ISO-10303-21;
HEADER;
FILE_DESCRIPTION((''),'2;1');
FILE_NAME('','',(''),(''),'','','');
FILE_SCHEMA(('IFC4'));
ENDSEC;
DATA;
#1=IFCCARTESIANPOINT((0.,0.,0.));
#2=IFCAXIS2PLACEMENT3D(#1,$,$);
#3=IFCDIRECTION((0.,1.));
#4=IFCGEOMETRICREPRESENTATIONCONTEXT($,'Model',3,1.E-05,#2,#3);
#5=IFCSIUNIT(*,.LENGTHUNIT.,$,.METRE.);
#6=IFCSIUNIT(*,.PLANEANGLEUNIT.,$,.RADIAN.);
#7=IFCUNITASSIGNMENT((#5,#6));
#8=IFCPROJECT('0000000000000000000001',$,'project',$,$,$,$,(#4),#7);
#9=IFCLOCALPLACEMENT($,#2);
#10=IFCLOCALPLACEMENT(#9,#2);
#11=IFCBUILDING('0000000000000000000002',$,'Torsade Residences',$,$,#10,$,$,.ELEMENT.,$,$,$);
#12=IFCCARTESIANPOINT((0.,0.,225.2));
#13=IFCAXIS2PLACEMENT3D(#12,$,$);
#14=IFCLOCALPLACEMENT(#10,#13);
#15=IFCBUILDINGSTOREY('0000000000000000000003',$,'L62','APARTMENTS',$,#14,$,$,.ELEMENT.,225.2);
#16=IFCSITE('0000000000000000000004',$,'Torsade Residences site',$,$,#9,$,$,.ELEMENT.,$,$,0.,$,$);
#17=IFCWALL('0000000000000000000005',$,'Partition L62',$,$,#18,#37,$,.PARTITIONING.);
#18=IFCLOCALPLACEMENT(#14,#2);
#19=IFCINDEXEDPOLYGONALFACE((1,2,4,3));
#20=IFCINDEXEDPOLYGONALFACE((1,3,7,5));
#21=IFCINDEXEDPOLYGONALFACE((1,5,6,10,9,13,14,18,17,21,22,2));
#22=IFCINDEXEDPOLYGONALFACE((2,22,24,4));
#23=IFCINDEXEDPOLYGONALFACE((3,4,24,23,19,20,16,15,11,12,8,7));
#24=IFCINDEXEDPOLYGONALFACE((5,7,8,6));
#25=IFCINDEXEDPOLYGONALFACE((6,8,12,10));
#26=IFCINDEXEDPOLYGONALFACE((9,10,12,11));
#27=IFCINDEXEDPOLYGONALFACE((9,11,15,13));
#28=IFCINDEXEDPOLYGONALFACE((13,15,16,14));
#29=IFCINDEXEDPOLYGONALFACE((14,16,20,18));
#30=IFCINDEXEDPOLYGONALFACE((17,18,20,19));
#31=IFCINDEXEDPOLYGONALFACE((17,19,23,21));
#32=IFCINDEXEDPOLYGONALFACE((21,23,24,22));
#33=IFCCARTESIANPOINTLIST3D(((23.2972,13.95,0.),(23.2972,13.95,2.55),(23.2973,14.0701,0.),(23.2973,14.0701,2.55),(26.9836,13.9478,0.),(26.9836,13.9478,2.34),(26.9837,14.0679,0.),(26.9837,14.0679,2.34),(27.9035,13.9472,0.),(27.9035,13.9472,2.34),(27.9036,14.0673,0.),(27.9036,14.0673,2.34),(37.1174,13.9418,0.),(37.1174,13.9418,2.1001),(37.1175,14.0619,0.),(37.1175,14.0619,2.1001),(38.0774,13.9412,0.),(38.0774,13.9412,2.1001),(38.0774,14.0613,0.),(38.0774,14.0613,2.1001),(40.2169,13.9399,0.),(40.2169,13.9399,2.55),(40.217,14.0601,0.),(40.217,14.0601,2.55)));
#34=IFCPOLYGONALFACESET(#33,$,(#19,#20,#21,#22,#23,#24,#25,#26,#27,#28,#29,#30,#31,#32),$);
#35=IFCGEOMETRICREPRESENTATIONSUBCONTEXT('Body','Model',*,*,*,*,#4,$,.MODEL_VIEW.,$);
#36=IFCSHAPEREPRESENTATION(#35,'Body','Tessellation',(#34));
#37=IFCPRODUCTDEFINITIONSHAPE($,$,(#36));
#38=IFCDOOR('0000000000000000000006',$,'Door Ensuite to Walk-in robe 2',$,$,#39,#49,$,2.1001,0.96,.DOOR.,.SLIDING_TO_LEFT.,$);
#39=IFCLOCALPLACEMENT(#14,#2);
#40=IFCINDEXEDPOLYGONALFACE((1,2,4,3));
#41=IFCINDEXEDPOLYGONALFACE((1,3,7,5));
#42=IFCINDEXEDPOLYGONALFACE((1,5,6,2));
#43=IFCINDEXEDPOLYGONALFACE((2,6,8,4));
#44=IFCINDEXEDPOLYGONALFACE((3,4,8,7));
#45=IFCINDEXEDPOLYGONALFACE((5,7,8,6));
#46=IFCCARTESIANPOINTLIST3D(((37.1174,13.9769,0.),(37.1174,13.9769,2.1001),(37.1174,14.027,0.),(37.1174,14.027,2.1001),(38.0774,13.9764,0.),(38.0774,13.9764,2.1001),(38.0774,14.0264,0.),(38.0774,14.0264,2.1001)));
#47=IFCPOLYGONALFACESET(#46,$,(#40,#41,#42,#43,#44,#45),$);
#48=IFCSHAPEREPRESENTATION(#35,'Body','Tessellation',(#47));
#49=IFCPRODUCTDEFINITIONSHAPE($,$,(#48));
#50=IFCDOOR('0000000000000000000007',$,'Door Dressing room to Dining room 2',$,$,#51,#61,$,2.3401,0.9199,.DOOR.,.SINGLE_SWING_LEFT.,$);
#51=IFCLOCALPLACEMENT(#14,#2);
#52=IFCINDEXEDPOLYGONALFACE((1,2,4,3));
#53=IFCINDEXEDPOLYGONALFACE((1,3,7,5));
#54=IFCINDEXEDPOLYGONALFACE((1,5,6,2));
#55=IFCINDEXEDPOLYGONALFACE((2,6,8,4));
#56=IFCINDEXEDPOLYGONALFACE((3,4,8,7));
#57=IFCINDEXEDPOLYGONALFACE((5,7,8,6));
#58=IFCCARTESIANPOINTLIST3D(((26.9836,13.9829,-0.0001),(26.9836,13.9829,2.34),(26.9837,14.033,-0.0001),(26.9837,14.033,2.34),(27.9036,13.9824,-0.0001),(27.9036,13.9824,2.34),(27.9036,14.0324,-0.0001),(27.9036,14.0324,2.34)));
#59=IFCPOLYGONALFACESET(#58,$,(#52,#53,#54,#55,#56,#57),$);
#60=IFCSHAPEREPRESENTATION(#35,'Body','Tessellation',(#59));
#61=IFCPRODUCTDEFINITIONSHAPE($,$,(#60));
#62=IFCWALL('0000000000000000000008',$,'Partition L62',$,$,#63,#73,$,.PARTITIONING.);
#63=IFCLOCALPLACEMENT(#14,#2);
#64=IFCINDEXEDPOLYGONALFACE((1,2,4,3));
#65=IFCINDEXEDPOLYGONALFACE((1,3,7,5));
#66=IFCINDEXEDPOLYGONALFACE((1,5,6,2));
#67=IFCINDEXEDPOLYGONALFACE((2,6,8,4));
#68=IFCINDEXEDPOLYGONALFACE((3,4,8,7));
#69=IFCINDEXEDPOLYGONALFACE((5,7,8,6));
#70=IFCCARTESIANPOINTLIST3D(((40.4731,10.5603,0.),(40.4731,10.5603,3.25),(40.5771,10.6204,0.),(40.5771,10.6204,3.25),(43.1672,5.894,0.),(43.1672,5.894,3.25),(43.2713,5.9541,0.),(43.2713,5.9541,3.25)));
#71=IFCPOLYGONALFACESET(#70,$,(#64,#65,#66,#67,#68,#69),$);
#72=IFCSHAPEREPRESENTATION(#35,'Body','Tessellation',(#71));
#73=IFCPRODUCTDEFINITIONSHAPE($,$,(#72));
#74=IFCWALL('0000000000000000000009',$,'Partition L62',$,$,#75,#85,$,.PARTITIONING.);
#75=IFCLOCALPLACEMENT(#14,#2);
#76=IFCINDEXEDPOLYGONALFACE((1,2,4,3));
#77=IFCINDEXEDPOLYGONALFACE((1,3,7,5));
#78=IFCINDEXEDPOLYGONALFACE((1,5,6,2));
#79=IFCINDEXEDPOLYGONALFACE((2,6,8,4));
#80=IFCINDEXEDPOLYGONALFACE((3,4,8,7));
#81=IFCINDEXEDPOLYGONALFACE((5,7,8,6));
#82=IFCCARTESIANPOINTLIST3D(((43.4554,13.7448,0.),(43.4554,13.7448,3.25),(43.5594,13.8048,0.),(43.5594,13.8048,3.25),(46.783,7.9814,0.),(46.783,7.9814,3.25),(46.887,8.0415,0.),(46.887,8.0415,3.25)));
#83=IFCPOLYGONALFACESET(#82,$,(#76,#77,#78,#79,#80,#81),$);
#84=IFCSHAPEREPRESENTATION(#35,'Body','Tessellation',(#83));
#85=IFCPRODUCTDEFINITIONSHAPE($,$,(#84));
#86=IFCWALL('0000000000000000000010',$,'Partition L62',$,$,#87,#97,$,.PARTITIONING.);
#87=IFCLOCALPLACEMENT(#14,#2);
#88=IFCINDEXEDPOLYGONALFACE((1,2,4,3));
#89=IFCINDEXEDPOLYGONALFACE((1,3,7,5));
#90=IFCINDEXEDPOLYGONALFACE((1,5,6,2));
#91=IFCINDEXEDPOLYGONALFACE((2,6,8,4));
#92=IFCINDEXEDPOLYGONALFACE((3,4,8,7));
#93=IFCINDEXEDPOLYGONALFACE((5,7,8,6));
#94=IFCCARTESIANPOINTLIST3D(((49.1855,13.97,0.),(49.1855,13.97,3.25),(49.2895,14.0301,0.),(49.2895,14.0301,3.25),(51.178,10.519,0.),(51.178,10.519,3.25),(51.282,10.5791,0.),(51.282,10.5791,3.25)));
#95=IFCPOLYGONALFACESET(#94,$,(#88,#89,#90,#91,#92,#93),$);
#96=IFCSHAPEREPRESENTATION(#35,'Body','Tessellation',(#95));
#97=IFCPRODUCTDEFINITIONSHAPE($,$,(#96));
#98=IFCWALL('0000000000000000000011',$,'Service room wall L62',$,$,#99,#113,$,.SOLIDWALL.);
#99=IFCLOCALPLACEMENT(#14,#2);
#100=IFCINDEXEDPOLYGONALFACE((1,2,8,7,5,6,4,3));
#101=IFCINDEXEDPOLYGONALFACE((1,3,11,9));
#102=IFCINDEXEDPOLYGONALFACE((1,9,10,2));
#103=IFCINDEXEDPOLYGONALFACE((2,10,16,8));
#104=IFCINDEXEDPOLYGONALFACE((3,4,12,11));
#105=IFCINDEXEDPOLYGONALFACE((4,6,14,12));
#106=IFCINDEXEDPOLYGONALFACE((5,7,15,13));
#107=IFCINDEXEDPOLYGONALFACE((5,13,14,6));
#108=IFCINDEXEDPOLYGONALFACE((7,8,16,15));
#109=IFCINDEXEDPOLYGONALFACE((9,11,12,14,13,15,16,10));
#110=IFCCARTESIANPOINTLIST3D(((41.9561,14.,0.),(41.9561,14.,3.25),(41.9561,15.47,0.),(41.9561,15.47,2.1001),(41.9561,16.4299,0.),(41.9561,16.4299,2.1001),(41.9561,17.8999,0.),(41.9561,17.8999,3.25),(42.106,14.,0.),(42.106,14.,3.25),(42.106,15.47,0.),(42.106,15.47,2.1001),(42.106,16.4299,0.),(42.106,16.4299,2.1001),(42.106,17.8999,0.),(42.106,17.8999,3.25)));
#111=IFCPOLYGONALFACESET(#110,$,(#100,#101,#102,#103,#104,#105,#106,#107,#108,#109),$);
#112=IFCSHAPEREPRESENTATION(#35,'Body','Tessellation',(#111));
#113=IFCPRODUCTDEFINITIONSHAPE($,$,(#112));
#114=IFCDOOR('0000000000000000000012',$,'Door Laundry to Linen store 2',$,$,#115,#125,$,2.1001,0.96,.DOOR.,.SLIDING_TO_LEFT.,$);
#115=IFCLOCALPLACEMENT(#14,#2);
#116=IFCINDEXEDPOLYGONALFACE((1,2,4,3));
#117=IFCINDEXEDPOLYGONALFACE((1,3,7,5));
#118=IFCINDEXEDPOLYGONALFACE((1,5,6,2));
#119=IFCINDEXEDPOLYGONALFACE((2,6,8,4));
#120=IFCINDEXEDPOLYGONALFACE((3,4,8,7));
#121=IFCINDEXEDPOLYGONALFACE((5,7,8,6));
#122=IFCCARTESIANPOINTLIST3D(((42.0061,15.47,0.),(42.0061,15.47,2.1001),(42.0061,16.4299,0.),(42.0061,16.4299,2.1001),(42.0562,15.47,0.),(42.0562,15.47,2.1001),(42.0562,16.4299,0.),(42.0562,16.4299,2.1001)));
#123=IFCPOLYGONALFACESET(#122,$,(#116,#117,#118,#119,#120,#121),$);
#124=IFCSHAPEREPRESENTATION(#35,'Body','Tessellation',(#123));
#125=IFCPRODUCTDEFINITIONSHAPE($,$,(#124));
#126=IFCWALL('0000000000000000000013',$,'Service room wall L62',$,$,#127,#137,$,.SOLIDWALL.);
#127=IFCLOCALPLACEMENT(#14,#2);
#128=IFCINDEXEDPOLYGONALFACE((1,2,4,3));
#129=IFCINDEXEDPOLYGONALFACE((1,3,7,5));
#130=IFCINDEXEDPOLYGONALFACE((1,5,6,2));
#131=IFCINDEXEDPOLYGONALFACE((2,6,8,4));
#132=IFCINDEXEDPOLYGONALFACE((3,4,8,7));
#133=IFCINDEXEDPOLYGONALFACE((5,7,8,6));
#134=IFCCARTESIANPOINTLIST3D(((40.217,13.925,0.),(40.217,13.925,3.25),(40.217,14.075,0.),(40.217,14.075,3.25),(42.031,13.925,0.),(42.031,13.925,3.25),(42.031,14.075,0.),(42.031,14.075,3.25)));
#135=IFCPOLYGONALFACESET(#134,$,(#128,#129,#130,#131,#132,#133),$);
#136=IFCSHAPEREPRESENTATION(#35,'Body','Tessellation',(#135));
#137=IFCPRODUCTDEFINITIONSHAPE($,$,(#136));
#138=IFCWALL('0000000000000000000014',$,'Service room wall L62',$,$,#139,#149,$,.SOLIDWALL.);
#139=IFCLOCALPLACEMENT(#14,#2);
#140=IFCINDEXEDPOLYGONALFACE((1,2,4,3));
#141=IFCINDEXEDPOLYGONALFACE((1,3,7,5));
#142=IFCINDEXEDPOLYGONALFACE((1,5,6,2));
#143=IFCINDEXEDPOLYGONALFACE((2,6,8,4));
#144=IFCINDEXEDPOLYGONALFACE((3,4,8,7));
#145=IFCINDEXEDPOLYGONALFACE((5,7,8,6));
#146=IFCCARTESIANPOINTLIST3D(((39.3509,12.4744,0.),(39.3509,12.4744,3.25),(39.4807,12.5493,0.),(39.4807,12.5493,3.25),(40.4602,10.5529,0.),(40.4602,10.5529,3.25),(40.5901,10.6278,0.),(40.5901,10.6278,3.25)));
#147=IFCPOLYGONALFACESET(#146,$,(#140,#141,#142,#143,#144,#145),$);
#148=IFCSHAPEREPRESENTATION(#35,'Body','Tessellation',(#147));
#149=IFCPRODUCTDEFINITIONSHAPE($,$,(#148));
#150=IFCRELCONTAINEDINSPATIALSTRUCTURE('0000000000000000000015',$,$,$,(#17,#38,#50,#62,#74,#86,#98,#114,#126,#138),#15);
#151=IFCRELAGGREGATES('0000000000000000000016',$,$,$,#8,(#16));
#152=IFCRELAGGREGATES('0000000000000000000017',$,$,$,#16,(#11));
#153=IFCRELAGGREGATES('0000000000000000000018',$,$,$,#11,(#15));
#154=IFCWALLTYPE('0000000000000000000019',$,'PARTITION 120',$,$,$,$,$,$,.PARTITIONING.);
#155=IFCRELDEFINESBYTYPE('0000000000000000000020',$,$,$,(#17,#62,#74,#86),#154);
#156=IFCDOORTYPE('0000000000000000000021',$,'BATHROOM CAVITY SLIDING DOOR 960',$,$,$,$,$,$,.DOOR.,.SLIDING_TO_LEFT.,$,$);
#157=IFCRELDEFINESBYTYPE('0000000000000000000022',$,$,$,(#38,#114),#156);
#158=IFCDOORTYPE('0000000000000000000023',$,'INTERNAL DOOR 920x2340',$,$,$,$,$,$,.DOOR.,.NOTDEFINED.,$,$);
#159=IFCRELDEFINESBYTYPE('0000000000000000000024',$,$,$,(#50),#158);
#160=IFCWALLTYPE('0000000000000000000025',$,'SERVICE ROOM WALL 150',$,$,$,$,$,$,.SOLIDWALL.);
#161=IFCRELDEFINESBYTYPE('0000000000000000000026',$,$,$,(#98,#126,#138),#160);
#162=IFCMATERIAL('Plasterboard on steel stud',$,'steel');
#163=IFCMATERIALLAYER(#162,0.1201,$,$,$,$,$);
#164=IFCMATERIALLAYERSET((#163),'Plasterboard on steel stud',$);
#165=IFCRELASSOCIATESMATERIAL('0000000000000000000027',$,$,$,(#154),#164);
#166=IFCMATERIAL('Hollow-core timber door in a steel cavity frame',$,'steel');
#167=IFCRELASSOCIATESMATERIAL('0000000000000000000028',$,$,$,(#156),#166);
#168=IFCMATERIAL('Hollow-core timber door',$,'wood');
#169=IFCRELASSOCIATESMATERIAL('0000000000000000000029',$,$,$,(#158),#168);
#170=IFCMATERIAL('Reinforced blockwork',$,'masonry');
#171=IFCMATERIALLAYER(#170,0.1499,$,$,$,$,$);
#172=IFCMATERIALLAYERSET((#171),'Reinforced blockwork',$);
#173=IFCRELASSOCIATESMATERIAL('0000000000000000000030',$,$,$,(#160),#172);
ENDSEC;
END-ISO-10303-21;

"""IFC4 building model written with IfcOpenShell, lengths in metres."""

from ifc_helpers import new_model, si_unit, direction, frame, frame_2d, origin, place, context, subcontext, project, spatial, rectangle, extrude, material, layer, layer_set, type_object, element, fill, save


model = new_model("IFC4")

# Units and contexts
model_context = context("Model", 3, precision=1e-05, world=origin(), true_north=direction((0.0, 1.0)))
body_context = subcontext(model_context, "Body", "Model", "MODEL_VIEW")
ifc_project = project(units=[si_unit("LENGTHUNIT", "METRE"), si_unit("PLANEANGLEUNIT", "RADIAN")], contexts=[model_context])

# Site, building, storey
site_placement = place(None, origin())
site = spatial("IfcSite", under=ifc_project, at=site_placement, Name="Torsade Residences site", CompositionType="ELEMENT", RefElevation=0.0)
building_placement = place(site_placement, origin())
building = spatial("IfcBuilding", under=site, at=building_placement, Name="Torsade Residences", CompositionType="ELEMENT")
storey_placement = place(building_placement, frame((0.0, 0.0, 225.2)))
storey = spatial("IfcBuildingStorey", under=building, at=storey_placement, Name="L62", Description="APARTMENTS", CompositionType="ELEMENT", Elevation=225.2)

# Wall, openings, doors
ifc_material_1 = material(Name="Plasterboard on steel stud", Category="steel")
ifc_layer_1 = layer(ifc_material_1, 0.1201)
ifc_layer_set_1 = layer_set([ifc_layer_1], Name="Plasterboard on steel stud")
wall_type_1 = type_object("IfcWallType", Name="PARTITION 120", PredefinedType="PARTITIONING", material=ifc_layer_set_1)
wall_1_placement = place(storey_placement, frame((40.217, 14.0, 0.0), z_axis=(0.0, 0.0, 1.0), x_axis=(-1.0, 0.000592, 0.0)))
wall_1 = element("IfcWall", 1, at=wall_1_placement, inside=storey, type_object=wall_type_1, Name="Partition L62", PredefinedType="PARTITIONING", context=body_context, shape_type="SweptSolid", body=[
    extrude(rectangle(XDim=16.9197, YDim=0.1201, at=frame_2d((8.46, 0.0))), origin(), (0.0, 0.0, 1.0), 2.55),
])
opening_1_placement = place(wall_1_placement, frame((2.1396, 0.0, 0.0)))
opening_1 = element("IfcOpeningElement", 2, at=opening_1_placement, cuts=wall_1, PredefinedType="OPENING", context=body_context, shape_type="SweptSolid", body=[
    extrude(rectangle(XDim=0.96, YDim=2.1001, at=frame_2d((0.48, 1.05))), frame((0.0, 0.0701, 0.0), z_axis=(0.0, -1.0, 0.0), x_axis=(1.0, 0.0, 0.0)), (0.0, 0.0, 1.0), 0.1401),
])
opening_2_placement = place(wall_1_placement, frame((12.3135, 0.0, 0.0)))
opening_2 = element("IfcOpeningElement", 3, at=opening_2_placement, cuts=wall_1, PredefinedType="OPENING", context=body_context, shape_type="SweptSolid", body=[
    extrude(rectangle(XDim=0.9199, YDim=2.3401, at=frame_2d((0.46, 1.1699))), frame((0.0, 0.0701, 0.0), z_axis=(0.0, -1.0, 0.0), x_axis=(1.0, 0.0, 0.0)), (0.0, 0.0, 1.0), 0.1401),
])
ifc_material_2 = material(Name="Hollow-core timber door in a steel cavity frame", Category="steel")
door_type_1 = type_object("IfcDoorType", Name="BATHROOM CAVITY SLIDING DOOR 960", OperationType="SLIDING_TO_LEFT", PredefinedType="DOOR", material=ifc_material_2)
door_1_placement = place(opening_1_placement, origin())
door_1 = element("IfcDoor", 4, at=door_1_placement, inside=storey, type_object=door_type_1, Name="Door Ensuite to Walk-in robe 2", OperationType="SLIDING_TO_LEFT", OverallHeight=2.1001, OverallWidth=0.96, PredefinedType="DOOR", context=body_context, shape_type="SweptSolid", body=[
    extrude(rectangle(XDim=0.96, YDim=2.1001, at=frame_2d((0.48, 1.05))), frame((0.0, 0.0249, 0.0), z_axis=(0.0, -1.0, 0.0), x_axis=(1.0, 0.0, 0.0)), (0.0, 0.0, 1.0), 0.05),
])
fill(opening_1, door_1)
ifc_material_3 = material(Name="Hollow-core timber door", Category="wood")
door_type_2 = type_object("IfcDoorType", Name="INTERNAL DOOR 920x2340", OperationType="NOTDEFINED", PredefinedType="DOOR", material=ifc_material_3)
door_2_placement = place(opening_2_placement, origin())
door_2 = element("IfcDoor", 5, at=door_2_placement, inside=storey, type_object=door_type_2, Name="Door Dressing room to Dining room 2", OperationType="SINGLE_SWING_LEFT", OverallHeight=2.3401, OverallWidth=0.9199, PredefinedType="DOOR", context=body_context, shape_type="SweptSolid", body=[
    extrude(rectangle(XDim=0.9199, YDim=2.3401, at=frame_2d((0.46, 1.1699))), frame((0.0, 0.0249, 0.0), z_axis=(0.0, -1.0, 0.0), x_axis=(1.0, 0.0, 0.0)), (0.0, 0.0, 1.0), 0.05),
])
fill(opening_2, door_2)

# Walls
wall_2_placement = place(storey_placement, frame((43.2192, 5.9241, 0.0), z_axis=(0.0, 0.0, 1.0), x_axis=(-0.500004, 0.866023, 0.0)))
element("IfcWall", 6, at=wall_2_placement, inside=storey, type_object=wall_type_1, Name="Partition L62", PredefinedType="PARTITIONING", context=body_context, shape_type="SweptSolid", body=[
    extrude(rectangle(XDim=5.3882, YDim=0.1201, at=frame_2d((2.6941, 0.0))), origin(), (0.0, 0.0, 1.0), 3.25),
])
wall_3_placement = place(storey_placement, frame((43.5073, 13.7749, 0.0), z_axis=(0.0, 0.0, 1.0), x_axis=(0.500014, -0.866018, 0.0)))
element("IfcWall", 7, at=wall_3_placement, inside=storey, type_object=wall_type_1, Name="Partition L62", PredefinedType="PARTITIONING", context=body_context, shape_type="SweptSolid", body=[
    extrude(rectangle(XDim=6.655, YDim=0.1201, at=frame_2d((3.3276, 0.0))), origin(), (0.0, 0.0, 1.0), 3.25),
])
wall_4_placement = place(storey_placement, frame((51.23, 10.5491, 0.0), z_axis=(0.0, 0.0, 1.0), x_axis=(-0.500007, 0.866021, 0.0)))
element("IfcWall", 8, at=wall_4_placement, inside=storey, type_object=wall_type_1, Name="Partition L62", PredefinedType="PARTITIONING", context=body_context, shape_type="SweptSolid", body=[
    extrude(rectangle(XDim=3.9849, YDim=0.1201, at=frame_2d((1.9924, 0.0))), origin(), (0.0, 0.0, 1.0), 3.25),
])

# Wall, opening, door
ifc_material_4 = material(Name="Reinforced blockwork", Category="masonry")
ifc_layer_2 = layer(ifc_material_4, 0.1499)
ifc_layer_set_2 = layer_set([ifc_layer_2], Name="Reinforced blockwork")
wall_type_2 = type_object("IfcWallType", Name="SERVICE ROOM WALL 150", PredefinedType="SOLIDWALL", material=ifc_layer_set_2)
wall_5_placement = place(storey_placement, frame((42.031, 14.0, 0.0), z_axis=(0.0, 0.0, 1.0), x_axis=(0.0, 1.0, 0.0)))
wall_5 = element("IfcWall", 9, at=wall_5_placement, inside=storey, type_object=wall_type_2, Name="Service room wall L62", PredefinedType="SOLIDWALL", context=body_context, shape_type="SweptSolid", body=[
    extrude(rectangle(XDim=3.8999, YDim=0.1499, at=frame_2d((1.95, 0.0))), origin(), (0.0, 0.0, 1.0), 3.25),
])
opening_3_placement = place(wall_5_placement, frame((1.47, 0.0, 0.0)))
opening_3 = element("IfcOpeningElement", 10, at=opening_3_placement, cuts=wall_5, PredefinedType="OPENING", context=body_context, shape_type="SweptSolid", body=[
    extrude(rectangle(XDim=0.96, YDim=2.1001, at=frame_2d((0.48, 1.05))), frame((0.0, 0.085, 0.0), z_axis=(0.0, -1.0, 0.0), x_axis=(1.0, 0.0, 0.0)), (0.0, 0.0, 1.0), 0.1699),
])
door_3_placement = place(opening_3_placement, origin())
door_3 = element("IfcDoor", 11, at=door_3_placement, inside=storey, type_object=door_type_1, Name="Door Laundry to Linen store 2", OperationType="SLIDING_TO_LEFT", OverallHeight=2.1001, OverallWidth=0.96, PredefinedType="DOOR", context=body_context, shape_type="SweptSolid", body=[
    extrude(rectangle(XDim=0.96, YDim=2.1001, at=frame_2d((0.48, 1.05))), frame((0.0, 0.0249, 0.0), z_axis=(0.0, -1.0, 0.0), x_axis=(1.0, 0.0, 0.0)), (0.0, 0.0, 1.0), 0.05),
])
fill(opening_3, door_3)

# Walls
wall_6_placement = place(storey_placement, frame((40.217, 14.0, 0.0), z_axis=(0.0, 0.0, 1.0), x_axis=(1.0, 0.0, 0.0)))
element("IfcWall", 12, at=wall_6_placement, inside=storey, type_object=wall_type_2, Name="Service room wall L62", PredefinedType="SOLIDWALL", context=body_context, shape_type="SweptSolid", body=[
    extrude(rectangle(XDim=1.814, YDim=0.1499, at=frame_2d((0.907, 0.0))), origin(), (0.0, 0.0, 1.0), 3.25),
])
wall_7_placement = place(storey_placement, frame((40.5251, 10.5903, 0.0), z_axis=(0.0, 0.0, 1.0), x_axis=(-0.499973, 0.866041, 0.0)))
element("IfcWall", 13, at=wall_7_placement, inside=storey, type_object=wall_type_2, Name="Service room wall L62", PredefinedType="SOLIDWALL", context=body_context, shape_type="SweptSolid", body=[
    extrude(rectangle(XDim=2.2188, YDim=0.1499, at=frame_2d((1.1094, 0.0))), origin(), (0.0, 0.0, 1.0), 3.25),
])

save(model, "model.ifc")
